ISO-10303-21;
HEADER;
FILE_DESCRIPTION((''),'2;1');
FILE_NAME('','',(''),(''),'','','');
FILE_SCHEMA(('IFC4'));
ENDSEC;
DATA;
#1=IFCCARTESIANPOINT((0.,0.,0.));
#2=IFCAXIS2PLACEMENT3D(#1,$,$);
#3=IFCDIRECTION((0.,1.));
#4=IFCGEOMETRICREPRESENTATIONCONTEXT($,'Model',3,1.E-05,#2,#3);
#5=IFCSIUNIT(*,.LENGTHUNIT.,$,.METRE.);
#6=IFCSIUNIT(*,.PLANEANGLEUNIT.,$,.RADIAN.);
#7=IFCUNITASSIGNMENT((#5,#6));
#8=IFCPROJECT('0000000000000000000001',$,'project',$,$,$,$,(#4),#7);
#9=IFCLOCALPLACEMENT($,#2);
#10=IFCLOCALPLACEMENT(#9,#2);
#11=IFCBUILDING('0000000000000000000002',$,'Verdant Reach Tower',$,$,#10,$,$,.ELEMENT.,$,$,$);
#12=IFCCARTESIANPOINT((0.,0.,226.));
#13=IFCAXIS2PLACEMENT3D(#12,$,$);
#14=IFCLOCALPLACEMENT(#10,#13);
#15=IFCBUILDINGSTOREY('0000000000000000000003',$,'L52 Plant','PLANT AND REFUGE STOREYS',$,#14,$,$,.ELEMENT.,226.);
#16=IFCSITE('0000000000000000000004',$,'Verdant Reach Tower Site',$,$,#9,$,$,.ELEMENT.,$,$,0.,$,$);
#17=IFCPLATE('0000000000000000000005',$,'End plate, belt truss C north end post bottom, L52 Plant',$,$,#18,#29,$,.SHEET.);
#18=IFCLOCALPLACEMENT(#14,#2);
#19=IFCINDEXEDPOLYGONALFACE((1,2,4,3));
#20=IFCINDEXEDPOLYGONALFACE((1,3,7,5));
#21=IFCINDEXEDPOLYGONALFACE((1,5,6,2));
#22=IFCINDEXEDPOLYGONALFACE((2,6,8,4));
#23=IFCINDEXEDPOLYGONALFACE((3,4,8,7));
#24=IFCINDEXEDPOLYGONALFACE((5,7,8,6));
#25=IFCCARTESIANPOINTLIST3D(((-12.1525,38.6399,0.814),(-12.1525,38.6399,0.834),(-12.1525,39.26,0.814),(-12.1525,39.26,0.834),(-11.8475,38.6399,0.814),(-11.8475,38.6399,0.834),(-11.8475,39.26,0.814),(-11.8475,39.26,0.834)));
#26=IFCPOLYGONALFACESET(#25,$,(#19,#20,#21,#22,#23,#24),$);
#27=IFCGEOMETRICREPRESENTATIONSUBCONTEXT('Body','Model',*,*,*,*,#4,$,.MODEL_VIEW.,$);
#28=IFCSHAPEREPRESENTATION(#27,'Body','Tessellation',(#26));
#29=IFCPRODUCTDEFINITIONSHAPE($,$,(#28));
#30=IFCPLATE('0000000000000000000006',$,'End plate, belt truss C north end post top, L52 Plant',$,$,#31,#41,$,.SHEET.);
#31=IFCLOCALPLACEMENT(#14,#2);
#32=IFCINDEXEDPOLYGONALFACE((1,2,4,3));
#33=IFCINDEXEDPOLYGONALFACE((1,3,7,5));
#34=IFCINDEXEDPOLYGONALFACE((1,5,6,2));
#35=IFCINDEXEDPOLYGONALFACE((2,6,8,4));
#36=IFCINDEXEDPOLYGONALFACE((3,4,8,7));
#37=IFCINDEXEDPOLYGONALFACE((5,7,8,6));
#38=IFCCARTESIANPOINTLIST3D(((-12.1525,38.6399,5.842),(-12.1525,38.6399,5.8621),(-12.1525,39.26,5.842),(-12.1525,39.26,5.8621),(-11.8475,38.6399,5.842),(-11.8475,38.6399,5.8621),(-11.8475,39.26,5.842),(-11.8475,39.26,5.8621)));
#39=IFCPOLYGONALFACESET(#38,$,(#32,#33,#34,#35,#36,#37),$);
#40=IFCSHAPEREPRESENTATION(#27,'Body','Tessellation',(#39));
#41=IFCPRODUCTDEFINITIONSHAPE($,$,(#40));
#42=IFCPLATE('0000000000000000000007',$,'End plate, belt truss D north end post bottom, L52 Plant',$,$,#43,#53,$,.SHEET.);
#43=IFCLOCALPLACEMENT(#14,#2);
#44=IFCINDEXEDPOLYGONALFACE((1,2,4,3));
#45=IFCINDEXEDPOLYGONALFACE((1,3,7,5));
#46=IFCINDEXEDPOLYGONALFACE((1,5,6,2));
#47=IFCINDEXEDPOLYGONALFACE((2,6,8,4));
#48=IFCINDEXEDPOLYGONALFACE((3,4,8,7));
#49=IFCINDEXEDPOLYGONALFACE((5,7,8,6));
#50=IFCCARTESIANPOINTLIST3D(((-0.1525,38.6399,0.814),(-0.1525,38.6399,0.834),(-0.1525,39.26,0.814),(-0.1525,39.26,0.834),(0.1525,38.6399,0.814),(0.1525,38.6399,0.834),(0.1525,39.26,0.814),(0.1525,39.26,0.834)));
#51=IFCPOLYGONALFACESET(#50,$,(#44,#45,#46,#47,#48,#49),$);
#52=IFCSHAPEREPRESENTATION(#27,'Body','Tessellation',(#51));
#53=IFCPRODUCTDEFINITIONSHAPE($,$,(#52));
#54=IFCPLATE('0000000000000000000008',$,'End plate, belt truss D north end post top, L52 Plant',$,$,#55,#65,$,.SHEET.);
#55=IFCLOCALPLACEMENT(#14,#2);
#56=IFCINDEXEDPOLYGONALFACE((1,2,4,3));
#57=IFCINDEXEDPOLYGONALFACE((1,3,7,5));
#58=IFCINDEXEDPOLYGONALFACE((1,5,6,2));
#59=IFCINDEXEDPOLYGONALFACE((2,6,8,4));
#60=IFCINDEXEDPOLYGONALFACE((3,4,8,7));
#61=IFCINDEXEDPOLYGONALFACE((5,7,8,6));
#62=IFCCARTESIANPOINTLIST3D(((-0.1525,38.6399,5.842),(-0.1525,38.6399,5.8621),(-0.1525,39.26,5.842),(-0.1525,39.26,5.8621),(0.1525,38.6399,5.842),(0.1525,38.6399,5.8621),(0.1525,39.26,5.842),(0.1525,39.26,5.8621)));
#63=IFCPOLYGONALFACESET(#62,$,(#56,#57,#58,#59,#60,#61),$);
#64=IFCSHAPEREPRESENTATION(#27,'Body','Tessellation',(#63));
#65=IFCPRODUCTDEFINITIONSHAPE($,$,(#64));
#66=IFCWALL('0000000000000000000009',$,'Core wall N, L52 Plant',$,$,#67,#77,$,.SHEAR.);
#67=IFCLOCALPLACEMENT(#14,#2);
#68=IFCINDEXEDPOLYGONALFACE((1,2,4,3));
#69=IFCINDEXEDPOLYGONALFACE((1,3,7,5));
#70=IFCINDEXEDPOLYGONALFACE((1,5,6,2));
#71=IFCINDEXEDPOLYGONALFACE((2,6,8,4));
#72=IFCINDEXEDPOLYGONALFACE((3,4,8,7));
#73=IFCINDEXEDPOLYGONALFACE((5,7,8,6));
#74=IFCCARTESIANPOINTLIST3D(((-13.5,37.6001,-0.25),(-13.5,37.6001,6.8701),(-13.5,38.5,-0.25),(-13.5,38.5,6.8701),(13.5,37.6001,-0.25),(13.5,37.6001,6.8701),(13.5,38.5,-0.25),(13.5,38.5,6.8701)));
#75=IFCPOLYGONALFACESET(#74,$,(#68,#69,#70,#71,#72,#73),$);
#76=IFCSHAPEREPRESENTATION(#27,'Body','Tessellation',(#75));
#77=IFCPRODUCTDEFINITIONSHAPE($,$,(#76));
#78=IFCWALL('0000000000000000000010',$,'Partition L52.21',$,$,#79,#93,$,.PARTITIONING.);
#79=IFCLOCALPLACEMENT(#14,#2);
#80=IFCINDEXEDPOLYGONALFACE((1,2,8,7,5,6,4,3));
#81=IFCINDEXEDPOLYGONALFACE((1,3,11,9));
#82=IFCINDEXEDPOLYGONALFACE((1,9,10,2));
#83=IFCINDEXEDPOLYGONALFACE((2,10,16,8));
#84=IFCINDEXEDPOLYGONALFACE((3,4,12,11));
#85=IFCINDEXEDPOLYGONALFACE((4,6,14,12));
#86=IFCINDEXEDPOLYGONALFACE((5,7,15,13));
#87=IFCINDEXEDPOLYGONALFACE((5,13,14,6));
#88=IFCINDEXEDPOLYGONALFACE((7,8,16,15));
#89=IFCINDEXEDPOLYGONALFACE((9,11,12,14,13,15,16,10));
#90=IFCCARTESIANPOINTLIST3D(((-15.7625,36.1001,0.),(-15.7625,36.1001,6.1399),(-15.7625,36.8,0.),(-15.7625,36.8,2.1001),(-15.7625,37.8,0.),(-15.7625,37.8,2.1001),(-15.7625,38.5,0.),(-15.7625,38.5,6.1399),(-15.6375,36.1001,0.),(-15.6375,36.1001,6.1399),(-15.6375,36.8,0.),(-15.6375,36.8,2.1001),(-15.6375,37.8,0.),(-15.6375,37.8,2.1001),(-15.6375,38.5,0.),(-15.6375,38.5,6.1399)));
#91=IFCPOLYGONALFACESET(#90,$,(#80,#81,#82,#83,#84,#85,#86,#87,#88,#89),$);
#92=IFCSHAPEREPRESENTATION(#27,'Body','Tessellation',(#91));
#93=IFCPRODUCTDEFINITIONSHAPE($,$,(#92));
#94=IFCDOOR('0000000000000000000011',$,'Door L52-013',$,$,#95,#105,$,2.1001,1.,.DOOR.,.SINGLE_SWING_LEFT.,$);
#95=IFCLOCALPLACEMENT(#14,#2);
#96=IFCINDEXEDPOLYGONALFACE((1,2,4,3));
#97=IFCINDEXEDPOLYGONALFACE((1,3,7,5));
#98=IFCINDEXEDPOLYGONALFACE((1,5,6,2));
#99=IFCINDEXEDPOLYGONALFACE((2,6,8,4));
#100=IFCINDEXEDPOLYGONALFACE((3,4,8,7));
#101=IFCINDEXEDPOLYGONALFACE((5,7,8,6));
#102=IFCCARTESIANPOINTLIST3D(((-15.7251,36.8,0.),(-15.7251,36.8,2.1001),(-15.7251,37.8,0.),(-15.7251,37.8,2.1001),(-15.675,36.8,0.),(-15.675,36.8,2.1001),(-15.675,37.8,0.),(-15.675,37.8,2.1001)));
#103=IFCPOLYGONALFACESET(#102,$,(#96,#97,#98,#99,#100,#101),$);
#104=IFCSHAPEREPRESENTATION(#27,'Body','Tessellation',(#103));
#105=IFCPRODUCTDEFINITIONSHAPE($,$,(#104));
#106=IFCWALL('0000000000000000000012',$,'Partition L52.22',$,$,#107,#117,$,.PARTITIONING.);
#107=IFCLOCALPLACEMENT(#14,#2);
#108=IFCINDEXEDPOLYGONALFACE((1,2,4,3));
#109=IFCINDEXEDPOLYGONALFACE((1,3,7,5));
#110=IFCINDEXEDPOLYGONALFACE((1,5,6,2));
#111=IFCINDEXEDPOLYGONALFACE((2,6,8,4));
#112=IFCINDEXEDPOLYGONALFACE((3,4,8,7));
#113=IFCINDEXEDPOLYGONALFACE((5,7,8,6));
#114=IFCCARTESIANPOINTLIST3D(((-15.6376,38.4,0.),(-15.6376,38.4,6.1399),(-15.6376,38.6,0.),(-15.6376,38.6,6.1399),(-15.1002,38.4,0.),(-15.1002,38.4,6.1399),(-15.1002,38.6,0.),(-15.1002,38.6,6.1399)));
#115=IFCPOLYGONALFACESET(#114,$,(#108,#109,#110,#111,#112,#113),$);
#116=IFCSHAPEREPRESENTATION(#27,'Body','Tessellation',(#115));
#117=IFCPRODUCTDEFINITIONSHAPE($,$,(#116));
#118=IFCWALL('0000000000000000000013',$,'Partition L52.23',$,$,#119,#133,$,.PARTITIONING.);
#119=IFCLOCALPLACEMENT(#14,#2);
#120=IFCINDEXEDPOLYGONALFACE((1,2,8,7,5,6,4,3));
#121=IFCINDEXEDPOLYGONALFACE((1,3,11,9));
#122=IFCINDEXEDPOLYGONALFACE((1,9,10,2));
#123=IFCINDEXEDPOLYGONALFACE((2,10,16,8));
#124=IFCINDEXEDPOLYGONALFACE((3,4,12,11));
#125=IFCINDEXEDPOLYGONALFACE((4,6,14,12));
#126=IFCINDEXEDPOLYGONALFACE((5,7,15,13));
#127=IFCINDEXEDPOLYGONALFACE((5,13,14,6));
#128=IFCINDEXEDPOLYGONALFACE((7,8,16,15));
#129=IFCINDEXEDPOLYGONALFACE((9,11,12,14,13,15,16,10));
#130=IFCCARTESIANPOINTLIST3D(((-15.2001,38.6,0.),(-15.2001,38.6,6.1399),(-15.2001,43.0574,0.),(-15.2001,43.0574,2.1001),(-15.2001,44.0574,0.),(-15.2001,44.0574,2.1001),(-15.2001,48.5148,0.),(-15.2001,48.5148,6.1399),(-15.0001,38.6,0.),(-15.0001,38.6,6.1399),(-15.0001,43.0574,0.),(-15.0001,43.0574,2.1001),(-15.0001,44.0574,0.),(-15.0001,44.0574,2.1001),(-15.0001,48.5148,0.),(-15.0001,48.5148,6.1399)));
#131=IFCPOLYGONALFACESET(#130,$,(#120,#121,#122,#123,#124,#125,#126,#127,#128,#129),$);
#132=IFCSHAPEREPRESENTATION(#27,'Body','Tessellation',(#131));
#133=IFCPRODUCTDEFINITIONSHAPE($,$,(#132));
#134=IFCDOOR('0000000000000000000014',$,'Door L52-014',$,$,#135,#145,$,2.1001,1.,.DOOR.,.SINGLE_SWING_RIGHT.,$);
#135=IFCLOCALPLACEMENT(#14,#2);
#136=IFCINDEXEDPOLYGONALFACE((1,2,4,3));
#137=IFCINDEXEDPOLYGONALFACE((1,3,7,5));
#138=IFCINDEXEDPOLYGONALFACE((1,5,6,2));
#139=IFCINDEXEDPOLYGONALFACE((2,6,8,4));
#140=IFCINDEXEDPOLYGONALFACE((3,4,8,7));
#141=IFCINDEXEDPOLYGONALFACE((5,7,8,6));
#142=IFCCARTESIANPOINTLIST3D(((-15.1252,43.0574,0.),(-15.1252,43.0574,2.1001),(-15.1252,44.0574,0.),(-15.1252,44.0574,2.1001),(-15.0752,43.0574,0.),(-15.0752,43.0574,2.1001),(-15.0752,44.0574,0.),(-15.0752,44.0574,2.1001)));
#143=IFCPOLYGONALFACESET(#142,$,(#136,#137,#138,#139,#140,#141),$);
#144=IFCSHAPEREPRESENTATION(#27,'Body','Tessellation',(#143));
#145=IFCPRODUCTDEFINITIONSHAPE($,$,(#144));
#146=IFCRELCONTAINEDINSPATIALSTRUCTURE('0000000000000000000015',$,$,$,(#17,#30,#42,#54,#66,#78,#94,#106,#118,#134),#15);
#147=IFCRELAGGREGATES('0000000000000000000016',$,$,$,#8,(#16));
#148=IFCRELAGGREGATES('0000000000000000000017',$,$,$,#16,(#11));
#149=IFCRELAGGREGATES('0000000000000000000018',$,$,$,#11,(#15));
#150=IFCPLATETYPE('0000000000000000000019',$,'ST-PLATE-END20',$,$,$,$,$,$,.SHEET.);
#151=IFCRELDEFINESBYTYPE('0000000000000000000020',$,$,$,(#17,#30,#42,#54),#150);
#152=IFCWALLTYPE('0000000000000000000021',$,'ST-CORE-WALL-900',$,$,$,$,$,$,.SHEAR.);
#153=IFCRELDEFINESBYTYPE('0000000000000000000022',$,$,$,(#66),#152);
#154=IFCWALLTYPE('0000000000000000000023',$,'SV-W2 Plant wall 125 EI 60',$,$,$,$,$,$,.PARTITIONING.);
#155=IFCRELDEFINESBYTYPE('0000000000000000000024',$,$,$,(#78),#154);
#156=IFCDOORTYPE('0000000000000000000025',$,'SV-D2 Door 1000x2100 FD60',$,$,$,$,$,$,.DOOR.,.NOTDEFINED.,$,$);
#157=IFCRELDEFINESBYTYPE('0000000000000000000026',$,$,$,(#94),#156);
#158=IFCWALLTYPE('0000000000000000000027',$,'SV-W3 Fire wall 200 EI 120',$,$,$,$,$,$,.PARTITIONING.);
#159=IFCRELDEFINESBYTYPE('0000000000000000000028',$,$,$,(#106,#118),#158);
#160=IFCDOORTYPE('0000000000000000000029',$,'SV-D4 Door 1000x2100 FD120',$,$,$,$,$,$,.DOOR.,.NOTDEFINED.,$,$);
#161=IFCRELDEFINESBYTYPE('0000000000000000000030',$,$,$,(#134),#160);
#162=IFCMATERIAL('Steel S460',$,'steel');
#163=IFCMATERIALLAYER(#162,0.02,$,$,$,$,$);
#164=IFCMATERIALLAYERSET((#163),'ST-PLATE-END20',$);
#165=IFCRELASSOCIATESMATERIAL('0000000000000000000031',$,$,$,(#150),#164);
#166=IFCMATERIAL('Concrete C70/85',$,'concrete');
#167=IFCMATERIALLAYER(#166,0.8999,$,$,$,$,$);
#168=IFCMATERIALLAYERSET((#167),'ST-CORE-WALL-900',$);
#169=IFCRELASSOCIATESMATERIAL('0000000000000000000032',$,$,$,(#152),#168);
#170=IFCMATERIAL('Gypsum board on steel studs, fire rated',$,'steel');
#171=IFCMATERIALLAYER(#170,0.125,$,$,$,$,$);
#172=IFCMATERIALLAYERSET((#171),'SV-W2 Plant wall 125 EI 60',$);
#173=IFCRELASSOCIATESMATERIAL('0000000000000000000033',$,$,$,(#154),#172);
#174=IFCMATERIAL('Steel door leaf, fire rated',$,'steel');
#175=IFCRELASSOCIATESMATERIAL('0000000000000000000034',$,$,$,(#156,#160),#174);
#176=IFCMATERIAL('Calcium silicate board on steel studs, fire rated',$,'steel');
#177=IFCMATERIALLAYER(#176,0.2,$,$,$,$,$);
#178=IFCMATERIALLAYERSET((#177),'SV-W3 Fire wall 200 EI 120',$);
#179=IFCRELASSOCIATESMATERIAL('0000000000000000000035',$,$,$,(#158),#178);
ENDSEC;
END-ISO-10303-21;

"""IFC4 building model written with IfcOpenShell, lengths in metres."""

from ifc_helpers import new_model, si_unit, direction, frame, frame_2d, origin, origin_2d, place, context, subcontext, project, spatial, rectangle, extrude, material, layer, layer_set, type_object, element, fill, save


model = new_model("IFC4")

# Units and contexts
model_context = context("Model", 3, precision=1e-05, world=origin(), true_north=direction((0.0, 1.0)))
body_context = subcontext(model_context, "Body", "Model", "MODEL_VIEW")
ifc_project = project(units=[si_unit("LENGTHUNIT", "METRE"), si_unit("PLANEANGLEUNIT", "RADIAN")], contexts=[model_context])

# Site, building, storey
site_placement = place(None, origin())
site = spatial("IfcSite", under=ifc_project, at=site_placement, Name="Verdant Reach Tower Site", CompositionType="ELEMENT", RefElevation=0.0)
building_placement = place(site_placement, origin())
building = spatial("IfcBuilding", under=site, at=building_placement, Name="Verdant Reach Tower", CompositionType="ELEMENT")
storey_placement = place(building_placement, frame((0.0, 0.0, 226.0)))
storey = spatial("IfcBuildingStorey", under=building, at=storey_placement, Name="L52 Plant", Description="PLANT AND REFUGE STOREYS", CompositionType="ELEMENT", Elevation=226.0)

# Shared definitions
ifc_material_1 = material(Name="Steel S460", Category="steel")

# Plates
ifc_layer_1 = layer(ifc_material_1, 0.02)
ifc_layer_set_1 = layer_set([ifc_layer_1], Name="ST-PLATE-END20")
plate_type_1 = type_object("IfcPlateType", Name="ST-PLATE-END20", PredefinedType="SHEET", material=ifc_layer_set_1)
for number, where, z_axis, x_axis, name in (
    (1, (-12.0, 38.95, 0.814), (0.0, 0.0, 1.0), (1.0, 0.0, 0.0), "End plate, belt truss C north end post bottom, L52 Plant"),
    (2, (-12.0, 38.95, 5.842), (0.0, 0.0, 1.0), (1.0, 0.0, 0.0), "End plate, belt truss C north end post top, L52 Plant"),
    (3, (0.0, 38.95, 0.814), (0.0, 0.0, 1.0), (1.0, 0.0, 0.0), "End plate, belt truss D north end post bottom, L52 Plant"),
    (4, (0.0, 38.95, 5.842), (0.0, 0.0, 1.0), (1.0, 0.0, 0.0), "End plate, belt truss D north end post top, L52 Plant"),
):
    element("IfcPlate", number, at=place(storey_placement, frame(where, z_axis=z_axis, x_axis=x_axis)), inside=storey, type_object=plate_type_1, Name=name, PredefinedType="SHEET", context=body_context, shape_type="SweptSolid", body=[
        extrude(rectangle(XDim=0.3049, YDim=0.6201, at=origin_2d()), origin(), (0.0, 0.0, 1.0), 0.02),
    ])

# Wall
ifc_material_2 = material(Name="Concrete C70/85", Category="concrete")
ifc_layer_2 = layer(ifc_material_2, 0.8999)
ifc_layer_set_2 = layer_set([ifc_layer_2], Name="ST-CORE-WALL-900")
wall_type_1 = type_object("IfcWallType", Name="ST-CORE-WALL-900", PredefinedType="SHEAR", material=ifc_layer_set_2)
wall_1_placement = place(storey_placement, frame((-13.5, 38.05, -0.25), z_axis=(0.0, 0.0, 1.0), x_axis=(1.0, 0.0, 0.0)))
element("IfcWall", 5, at=wall_1_placement, inside=storey, type_object=wall_type_1, Name="Core wall N, L52 Plant", PredefinedType="SHEAR", context=body_context, shape_type="SweptSolid", body=[
    extrude(rectangle(XDim=27.0, YDim=0.8999, at=frame_2d((13.5, 0.0))), origin(), (0.0, 0.0, 1.0), 7.1201),
])

# Wall, opening, door
ifc_material_3 = material(Name="Gypsum board on steel studs, fire rated", Category="steel")
ifc_layer_3 = layer(ifc_material_3, 0.125)
ifc_layer_set_3 = layer_set([ifc_layer_3], Name="SV-W2 Plant wall 125 EI 60")
wall_type_2 = type_object("IfcWallType", Name="SV-W2 Plant wall 125 EI 60", PredefinedType="PARTITIONING", material=ifc_layer_set_3)
wall_2_placement = place(storey_placement, frame((-15.7, 38.5, 0.0), z_axis=(0.0, 0.0, 1.0), x_axis=(0.0, -1.0, 0.0)))
wall_2 = element("IfcWall", 6, at=wall_2_placement, inside=storey, type_object=wall_type_2, Name="Partition L52.21", PredefinedType="PARTITIONING", context=body_context, shape_type="SweptSolid", body=[
    extrude(rectangle(XDim=2.3999, YDim=0.125, at=frame_2d((1.2, 0.0))), origin(), (0.0, 0.0, 1.0), 6.1399),
])
opening_1_placement = place(wall_2_placement, frame((0.7, 0.0, 0.0)))
opening_1 = element("IfcOpeningElement", 7, at=opening_1_placement, cuts=wall_2, PredefinedType="OPENING", context=body_context, shape_type="SweptSolid", body=[
    extrude(rectangle(XDim=1.0, YDim=2.1001, at=frame_2d((0.5, 1.05))), frame((0.0, 0.0725, 0.0), z_axis=(0.0, -1.0, 0.0), x_axis=(1.0, 0.0, 0.0)), (0.0, 0.0, 1.0), 0.145),
])
ifc_material_4 = material(Name="Steel door leaf, fire rated", Category="steel")
door_type_1 = type_object("IfcDoorType", Name="SV-D2 Door 1000x2100 FD60", OperationType="NOTDEFINED", PredefinedType="DOOR", material=ifc_material_4)
door_1_placement = place(opening_1_placement, origin())
door_1 = element("IfcDoor", 8, at=door_1_placement, inside=storey, type_object=door_type_1, Name="Door L52-013", OperationType="SINGLE_SWING_LEFT", OverallHeight=2.1001, OverallWidth=1.0, PredefinedType="DOOR", context=body_context, shape_type="SweptSolid", body=[
    extrude(rectangle(XDim=1.0, YDim=2.1001, at=frame_2d((0.5, 1.05))), frame((0.0, 0.0249, 0.0), z_axis=(0.0, -1.0, 0.0), x_axis=(1.0, 0.0, 0.0)), (0.0, 0.0, 1.0), 0.05),
])
fill(opening_1, door_1)

# Wall
ifc_material_5 = material(Name="Calcium silicate board on steel studs, fire rated", Category="steel")
ifc_layer_4 = layer(ifc_material_5, 0.2)
ifc_layer_set_4 = layer_set([ifc_layer_4], Name="SV-W3 Fire wall 200 EI 120")
wall_type_3 = type_object("IfcWallType", Name="SV-W3 Fire wall 200 EI 120", PredefinedType="PARTITIONING", material=ifc_layer_set_4)
wall_3_placement = place(storey_placement, frame((-15.6375, 38.5, 0.0), z_axis=(0.0, 0.0, 1.0), x_axis=(1.0, 0.0, 0.0)))
element("IfcWall", 9, at=wall_3_placement, inside=storey, type_object=wall_type_3, Name="Partition L52.22", PredefinedType="PARTITIONING", context=body_context, shape_type="SweptSolid", body=[
    extrude(rectangle(XDim=0.5374, YDim=0.2, at=frame_2d((0.2686, 0.0))), origin(), (0.0, 0.0, 1.0), 6.1399),
])

# Wall, opening, door
wall_4_placement = place(storey_placement, frame((-15.1001, 48.5149, 0.0), z_axis=(0.0, 0.0, 1.0), x_axis=(0.0, -1.0, 0.0)))
wall_4 = element("IfcWall", 10, at=wall_4_placement, inside=storey, type_object=wall_type_3, Name="Partition L52.23", PredefinedType="PARTITIONING", context=body_context, shape_type="SweptSolid", body=[
    extrude(rectangle(XDim=9.9148, YDim=0.2, at=frame_2d((4.9575, 0.0))), origin(), (0.0, 0.0, 1.0), 6.1399),
])
opening_2_placement = place(wall_4_placement, frame((4.4575, 0.0, 0.0)))
opening_2 = element("IfcOpeningElement", 11, at=opening_2_placement, cuts=wall_4, PredefinedType="OPENING", context=body_context, shape_type="SweptSolid", body=[
    extrude(rectangle(XDim=1.0, YDim=2.1001, at=frame_2d((0.5, 1.05))), frame((0.0, 0.1099, 0.0), z_axis=(0.0, -1.0, 0.0), x_axis=(1.0, 0.0, 0.0)), (0.0, 0.0, 1.0), 0.22),
])
door_type_2 = type_object("IfcDoorType", Name="SV-D4 Door 1000x2100 FD120", OperationType="NOTDEFINED", PredefinedType="DOOR", material=ifc_material_4)
door_2_placement = place(opening_2_placement, origin())
door_2 = element("IfcDoor", 12, at=door_2_placement, inside=storey, type_object=door_type_2, Name="Door L52-014", OperationType="SINGLE_SWING_RIGHT", OverallHeight=2.1001, OverallWidth=1.0, PredefinedType="DOOR", context=body_context, shape_type="SweptSolid", body=[
    extrude(rectangle(XDim=1.0, YDim=2.1001, at=frame_2d((0.5, 1.05))), frame((0.0, 0.0249, 0.0), z_axis=(0.0, -1.0, 0.0), x_axis=(1.0, 0.0, 0.0)), (0.0, 0.0, 1.0), 0.05),
])
fill(opening_2, door_2)

save(model, "model.ifc")
